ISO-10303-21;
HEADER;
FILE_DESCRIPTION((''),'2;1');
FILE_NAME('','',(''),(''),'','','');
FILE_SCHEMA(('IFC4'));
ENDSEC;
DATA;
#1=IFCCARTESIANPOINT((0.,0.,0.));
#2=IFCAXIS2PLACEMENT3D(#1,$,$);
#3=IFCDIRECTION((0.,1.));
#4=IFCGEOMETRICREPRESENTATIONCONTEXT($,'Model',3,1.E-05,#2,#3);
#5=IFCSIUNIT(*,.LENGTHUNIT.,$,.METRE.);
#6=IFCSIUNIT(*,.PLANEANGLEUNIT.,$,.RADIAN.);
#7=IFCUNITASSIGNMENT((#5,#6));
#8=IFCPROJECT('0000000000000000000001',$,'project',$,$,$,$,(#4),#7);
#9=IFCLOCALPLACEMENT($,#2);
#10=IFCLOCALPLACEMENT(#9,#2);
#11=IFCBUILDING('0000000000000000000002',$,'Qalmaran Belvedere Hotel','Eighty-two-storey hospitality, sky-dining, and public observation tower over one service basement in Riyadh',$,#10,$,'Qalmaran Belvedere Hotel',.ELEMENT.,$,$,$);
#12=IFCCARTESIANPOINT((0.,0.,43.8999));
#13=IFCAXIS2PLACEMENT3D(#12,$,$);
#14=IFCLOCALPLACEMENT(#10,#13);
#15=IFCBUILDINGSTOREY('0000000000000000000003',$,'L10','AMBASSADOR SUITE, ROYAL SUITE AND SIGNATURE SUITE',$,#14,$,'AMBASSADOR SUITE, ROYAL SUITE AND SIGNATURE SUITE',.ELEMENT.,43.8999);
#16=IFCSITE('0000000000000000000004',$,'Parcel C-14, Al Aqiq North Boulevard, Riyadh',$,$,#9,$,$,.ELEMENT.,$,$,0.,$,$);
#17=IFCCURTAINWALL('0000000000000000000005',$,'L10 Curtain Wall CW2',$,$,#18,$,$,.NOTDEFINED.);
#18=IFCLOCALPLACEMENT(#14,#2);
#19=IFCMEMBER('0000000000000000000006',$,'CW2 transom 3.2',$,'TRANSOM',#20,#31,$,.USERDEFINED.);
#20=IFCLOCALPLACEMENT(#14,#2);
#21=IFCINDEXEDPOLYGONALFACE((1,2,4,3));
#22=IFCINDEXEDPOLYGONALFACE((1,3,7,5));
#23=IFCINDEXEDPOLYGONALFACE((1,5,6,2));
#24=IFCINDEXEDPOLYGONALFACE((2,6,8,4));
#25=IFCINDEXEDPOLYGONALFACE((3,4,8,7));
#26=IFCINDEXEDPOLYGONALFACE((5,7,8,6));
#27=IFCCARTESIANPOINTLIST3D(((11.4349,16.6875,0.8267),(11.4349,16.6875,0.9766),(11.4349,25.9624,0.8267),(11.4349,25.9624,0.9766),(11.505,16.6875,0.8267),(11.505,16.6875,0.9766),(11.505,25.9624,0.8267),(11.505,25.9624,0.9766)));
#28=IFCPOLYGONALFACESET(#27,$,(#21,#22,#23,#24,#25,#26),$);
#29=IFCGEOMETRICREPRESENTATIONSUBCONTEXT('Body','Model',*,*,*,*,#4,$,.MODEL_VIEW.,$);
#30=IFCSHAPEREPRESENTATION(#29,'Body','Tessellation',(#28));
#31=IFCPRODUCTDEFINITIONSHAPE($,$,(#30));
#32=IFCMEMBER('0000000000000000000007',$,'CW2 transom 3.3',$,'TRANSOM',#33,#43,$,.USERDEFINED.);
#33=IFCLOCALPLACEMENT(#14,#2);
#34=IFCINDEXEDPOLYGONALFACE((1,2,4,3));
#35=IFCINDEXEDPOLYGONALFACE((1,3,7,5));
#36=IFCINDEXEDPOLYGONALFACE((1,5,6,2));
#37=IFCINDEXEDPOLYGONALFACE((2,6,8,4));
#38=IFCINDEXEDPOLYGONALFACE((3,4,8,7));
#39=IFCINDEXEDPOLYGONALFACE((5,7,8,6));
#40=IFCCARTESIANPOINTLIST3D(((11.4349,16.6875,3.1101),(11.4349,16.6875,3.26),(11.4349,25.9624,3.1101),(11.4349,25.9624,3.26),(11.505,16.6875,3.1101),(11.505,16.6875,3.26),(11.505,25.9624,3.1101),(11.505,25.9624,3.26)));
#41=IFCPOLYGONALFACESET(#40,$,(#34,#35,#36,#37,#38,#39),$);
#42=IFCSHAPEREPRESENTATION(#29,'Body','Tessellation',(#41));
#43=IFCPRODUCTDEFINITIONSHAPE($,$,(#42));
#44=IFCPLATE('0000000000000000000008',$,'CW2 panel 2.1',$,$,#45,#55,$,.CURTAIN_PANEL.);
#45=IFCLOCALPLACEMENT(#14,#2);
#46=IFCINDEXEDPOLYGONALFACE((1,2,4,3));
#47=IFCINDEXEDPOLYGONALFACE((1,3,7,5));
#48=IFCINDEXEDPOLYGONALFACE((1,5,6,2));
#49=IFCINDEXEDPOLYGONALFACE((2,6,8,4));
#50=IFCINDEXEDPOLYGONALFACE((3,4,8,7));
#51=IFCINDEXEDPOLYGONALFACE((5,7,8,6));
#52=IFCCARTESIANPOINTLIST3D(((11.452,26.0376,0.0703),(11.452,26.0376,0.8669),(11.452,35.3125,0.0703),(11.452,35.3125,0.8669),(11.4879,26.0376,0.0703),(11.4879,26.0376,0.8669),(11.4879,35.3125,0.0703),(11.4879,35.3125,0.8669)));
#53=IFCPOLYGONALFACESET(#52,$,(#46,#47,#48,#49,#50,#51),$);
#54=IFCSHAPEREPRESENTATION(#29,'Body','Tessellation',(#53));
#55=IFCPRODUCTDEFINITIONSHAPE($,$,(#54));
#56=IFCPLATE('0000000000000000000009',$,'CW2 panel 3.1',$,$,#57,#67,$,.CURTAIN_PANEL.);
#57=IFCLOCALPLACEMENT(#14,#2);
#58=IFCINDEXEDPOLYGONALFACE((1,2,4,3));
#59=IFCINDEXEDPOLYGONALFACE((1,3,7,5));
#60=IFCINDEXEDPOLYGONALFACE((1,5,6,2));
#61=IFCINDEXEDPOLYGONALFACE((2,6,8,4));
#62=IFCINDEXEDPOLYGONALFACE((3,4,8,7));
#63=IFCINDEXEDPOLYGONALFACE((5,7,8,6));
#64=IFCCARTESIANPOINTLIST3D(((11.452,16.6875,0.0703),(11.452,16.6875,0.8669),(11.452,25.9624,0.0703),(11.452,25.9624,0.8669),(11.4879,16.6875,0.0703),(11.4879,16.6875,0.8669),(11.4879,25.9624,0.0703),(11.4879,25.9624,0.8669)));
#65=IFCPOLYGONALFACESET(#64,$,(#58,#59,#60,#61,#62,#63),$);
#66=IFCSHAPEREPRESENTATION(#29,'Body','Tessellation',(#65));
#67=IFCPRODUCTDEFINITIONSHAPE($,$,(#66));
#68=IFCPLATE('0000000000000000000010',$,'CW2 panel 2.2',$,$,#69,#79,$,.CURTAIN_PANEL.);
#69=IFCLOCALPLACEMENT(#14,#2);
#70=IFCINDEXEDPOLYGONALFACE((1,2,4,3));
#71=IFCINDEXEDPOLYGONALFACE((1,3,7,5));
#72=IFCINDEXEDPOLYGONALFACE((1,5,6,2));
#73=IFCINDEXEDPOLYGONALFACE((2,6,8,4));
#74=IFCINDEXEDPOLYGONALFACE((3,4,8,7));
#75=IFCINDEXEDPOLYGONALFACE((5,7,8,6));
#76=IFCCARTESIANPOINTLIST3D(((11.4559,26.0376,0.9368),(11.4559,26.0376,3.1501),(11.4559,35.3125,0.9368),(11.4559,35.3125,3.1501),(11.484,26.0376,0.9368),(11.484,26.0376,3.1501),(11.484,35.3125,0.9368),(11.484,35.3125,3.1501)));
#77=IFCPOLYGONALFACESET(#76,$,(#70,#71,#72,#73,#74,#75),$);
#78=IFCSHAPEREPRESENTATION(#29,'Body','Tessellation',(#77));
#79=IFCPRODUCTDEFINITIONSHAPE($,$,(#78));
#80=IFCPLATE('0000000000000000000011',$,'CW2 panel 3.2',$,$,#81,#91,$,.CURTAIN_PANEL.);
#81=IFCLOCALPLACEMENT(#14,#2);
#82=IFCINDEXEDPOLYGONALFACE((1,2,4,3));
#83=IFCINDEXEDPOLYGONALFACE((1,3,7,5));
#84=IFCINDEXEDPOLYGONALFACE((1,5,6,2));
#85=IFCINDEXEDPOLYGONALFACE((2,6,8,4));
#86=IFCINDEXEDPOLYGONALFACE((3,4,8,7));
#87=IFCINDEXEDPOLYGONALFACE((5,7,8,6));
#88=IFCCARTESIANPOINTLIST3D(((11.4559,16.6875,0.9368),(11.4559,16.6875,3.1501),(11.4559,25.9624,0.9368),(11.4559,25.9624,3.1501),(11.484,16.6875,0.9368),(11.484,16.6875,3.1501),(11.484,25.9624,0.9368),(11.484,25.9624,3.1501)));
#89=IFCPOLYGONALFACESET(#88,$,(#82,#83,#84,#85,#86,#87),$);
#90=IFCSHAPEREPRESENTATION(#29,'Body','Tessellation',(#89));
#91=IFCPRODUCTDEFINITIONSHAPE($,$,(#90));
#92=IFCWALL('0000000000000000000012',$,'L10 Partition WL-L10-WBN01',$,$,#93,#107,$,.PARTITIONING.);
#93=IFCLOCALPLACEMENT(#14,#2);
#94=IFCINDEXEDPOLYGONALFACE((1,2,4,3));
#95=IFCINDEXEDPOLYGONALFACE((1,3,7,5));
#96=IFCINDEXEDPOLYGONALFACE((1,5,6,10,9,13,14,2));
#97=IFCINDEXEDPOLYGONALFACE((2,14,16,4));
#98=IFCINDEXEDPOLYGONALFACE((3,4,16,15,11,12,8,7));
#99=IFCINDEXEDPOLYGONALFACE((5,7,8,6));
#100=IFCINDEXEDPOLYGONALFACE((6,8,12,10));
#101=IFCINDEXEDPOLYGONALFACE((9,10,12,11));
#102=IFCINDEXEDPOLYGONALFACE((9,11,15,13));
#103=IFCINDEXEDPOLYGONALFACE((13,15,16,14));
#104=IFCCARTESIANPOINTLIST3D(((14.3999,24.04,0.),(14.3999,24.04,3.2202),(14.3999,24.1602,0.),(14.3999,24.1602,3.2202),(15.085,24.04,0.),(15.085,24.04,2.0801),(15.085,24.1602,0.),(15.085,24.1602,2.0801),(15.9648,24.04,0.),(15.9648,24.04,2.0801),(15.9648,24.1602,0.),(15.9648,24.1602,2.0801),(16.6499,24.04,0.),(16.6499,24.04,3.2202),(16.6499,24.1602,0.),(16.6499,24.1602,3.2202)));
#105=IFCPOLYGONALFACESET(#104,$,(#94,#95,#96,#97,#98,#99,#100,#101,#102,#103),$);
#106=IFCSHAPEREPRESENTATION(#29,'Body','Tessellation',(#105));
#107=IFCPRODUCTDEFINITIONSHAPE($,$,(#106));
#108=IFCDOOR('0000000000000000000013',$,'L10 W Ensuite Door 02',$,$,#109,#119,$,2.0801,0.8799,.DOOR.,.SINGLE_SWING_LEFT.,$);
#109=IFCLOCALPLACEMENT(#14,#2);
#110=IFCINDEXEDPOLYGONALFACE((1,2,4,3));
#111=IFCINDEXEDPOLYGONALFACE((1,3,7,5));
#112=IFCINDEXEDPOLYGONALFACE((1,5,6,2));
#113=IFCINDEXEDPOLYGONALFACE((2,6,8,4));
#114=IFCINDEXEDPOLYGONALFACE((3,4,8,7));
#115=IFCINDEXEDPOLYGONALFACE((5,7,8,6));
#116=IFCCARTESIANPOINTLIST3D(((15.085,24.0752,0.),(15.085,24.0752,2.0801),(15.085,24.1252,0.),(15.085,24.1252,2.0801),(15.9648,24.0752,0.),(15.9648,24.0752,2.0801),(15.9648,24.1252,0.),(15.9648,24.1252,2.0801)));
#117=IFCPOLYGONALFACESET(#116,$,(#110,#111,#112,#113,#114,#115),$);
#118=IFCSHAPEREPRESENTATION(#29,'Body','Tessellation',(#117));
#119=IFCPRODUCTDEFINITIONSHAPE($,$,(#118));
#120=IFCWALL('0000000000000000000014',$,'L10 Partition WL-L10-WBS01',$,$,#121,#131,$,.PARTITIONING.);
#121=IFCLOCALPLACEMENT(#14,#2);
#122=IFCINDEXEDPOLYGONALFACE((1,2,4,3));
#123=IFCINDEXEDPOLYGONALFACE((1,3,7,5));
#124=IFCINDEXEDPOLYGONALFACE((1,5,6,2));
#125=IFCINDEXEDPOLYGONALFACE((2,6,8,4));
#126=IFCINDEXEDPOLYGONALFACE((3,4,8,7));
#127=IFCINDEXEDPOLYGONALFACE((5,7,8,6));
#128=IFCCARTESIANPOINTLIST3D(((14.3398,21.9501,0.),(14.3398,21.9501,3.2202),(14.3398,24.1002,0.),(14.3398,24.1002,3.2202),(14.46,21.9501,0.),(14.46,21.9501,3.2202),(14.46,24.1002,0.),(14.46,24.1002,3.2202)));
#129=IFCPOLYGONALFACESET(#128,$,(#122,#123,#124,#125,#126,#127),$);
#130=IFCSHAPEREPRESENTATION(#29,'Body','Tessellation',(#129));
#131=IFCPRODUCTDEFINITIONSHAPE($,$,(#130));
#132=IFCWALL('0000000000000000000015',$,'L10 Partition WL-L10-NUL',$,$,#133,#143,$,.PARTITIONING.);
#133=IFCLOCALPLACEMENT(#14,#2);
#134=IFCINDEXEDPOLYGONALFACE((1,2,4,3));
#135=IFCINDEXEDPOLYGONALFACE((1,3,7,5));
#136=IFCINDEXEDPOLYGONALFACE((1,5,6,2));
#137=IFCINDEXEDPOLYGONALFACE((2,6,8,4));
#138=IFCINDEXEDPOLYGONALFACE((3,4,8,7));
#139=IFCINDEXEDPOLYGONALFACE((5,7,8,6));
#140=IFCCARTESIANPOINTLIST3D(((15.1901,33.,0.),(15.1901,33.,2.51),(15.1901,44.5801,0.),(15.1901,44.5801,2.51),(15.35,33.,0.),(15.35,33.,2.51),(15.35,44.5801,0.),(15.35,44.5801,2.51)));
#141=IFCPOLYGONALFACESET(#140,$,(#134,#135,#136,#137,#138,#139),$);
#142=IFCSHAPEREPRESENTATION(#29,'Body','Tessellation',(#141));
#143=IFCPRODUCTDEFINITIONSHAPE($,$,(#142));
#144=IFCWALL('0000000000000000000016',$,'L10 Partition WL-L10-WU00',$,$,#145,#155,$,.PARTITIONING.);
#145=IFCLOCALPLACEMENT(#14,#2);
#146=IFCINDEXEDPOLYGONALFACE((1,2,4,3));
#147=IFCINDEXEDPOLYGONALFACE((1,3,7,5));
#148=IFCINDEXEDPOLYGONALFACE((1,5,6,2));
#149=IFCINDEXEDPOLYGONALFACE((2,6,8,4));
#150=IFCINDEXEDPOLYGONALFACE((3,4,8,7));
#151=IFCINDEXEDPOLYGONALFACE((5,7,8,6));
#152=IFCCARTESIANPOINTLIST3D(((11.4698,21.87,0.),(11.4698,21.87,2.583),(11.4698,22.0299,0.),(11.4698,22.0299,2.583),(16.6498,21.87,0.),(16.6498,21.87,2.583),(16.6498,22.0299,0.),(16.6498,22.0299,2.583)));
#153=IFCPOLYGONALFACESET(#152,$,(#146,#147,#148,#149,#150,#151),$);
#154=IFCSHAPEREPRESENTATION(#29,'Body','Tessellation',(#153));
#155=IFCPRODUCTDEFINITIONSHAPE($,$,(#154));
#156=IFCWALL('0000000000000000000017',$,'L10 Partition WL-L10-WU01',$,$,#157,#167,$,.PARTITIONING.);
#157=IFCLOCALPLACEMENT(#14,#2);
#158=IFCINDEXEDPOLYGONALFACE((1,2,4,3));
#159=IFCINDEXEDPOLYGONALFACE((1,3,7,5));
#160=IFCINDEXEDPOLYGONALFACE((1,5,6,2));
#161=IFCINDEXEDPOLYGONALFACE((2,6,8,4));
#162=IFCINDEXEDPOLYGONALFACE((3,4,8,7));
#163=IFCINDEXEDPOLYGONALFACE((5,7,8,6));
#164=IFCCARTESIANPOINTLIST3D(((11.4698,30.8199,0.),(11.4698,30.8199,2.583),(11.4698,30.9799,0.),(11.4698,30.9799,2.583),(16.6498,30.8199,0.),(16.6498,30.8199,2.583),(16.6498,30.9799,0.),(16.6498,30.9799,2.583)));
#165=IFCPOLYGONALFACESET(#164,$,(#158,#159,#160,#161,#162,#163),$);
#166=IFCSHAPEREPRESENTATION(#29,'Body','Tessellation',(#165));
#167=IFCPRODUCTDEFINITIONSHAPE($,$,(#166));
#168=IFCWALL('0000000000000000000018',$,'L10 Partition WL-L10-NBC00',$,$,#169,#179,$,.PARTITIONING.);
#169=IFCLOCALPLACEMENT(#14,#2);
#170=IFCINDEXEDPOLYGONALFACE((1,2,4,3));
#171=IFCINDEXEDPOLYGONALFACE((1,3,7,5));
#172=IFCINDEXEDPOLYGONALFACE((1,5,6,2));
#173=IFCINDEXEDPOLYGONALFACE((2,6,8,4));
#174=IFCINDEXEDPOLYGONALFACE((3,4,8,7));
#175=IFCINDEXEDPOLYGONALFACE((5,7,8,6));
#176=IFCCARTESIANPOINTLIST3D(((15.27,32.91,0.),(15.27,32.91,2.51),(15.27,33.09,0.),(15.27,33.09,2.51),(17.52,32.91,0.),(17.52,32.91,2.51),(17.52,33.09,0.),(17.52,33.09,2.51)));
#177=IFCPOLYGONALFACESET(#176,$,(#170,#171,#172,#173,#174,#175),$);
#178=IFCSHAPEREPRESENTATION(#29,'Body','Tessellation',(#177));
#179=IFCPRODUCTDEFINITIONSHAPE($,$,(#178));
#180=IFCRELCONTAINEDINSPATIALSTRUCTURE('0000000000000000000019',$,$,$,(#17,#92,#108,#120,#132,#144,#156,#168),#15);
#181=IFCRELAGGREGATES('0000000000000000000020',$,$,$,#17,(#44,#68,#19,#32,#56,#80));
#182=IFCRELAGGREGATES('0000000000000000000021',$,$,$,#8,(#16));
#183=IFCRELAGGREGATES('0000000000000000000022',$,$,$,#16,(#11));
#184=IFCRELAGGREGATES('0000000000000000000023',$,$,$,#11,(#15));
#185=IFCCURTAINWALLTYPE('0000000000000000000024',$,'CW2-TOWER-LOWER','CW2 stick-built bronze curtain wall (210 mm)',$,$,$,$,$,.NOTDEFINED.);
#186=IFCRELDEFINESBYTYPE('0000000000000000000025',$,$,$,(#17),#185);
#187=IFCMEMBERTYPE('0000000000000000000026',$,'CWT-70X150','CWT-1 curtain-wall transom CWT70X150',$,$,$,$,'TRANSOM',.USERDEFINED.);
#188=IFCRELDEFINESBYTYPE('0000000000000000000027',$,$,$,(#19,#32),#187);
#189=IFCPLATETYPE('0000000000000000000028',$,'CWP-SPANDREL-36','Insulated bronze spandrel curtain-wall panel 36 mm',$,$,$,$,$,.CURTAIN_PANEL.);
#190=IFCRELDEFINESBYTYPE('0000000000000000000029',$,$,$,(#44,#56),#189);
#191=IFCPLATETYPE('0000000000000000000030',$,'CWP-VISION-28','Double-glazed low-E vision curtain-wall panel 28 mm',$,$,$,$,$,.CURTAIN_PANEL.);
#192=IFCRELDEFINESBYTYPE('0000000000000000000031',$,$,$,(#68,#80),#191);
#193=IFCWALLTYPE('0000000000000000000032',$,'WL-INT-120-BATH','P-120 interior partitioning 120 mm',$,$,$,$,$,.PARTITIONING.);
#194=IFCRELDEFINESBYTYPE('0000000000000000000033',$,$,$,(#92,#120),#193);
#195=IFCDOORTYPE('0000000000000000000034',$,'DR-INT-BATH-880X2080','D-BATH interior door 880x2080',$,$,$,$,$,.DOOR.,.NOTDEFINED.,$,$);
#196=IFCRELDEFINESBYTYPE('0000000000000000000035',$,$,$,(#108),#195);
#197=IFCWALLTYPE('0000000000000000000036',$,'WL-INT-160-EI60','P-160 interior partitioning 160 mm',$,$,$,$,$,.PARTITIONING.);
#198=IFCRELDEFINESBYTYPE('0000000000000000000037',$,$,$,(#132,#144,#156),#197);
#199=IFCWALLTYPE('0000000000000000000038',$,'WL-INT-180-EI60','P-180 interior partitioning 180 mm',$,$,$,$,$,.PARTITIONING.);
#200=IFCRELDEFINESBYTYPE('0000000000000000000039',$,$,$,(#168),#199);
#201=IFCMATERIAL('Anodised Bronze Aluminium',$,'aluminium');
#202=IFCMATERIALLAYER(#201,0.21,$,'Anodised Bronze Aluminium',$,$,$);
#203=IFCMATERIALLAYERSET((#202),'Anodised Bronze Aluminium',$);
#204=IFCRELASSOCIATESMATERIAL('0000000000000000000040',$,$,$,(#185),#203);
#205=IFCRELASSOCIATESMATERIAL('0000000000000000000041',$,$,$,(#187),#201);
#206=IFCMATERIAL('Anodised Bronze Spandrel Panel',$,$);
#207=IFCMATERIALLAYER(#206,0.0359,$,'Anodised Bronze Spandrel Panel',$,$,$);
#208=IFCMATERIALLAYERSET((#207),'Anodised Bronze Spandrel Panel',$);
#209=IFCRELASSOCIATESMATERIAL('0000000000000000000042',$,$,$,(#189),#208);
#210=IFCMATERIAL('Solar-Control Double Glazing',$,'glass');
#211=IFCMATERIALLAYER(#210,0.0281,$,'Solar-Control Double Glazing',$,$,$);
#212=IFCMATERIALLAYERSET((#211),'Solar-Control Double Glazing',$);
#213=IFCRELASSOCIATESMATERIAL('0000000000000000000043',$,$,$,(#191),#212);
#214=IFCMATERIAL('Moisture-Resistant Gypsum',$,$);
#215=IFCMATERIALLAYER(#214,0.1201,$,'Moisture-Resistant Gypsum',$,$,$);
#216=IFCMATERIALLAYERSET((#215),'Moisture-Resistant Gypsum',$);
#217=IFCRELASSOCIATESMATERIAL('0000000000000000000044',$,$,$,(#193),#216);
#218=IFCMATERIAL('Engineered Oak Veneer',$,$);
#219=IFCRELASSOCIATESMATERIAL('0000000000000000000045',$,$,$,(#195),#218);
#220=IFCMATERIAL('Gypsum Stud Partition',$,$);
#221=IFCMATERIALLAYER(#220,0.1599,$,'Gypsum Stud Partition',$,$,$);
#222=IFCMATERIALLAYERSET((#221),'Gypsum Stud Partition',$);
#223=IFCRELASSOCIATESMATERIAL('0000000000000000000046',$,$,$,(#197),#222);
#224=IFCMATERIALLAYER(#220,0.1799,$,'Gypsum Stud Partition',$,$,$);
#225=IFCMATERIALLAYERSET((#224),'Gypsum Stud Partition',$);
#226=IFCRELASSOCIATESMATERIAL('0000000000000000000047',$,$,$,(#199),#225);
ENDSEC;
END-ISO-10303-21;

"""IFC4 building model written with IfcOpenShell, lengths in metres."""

from ifc_helpers import new_model, si_unit, direction, frame, frame_2d, origin, origin_2d, place, context, subcontext, project, spatial, rectangle, extrude, material, layer, layer_set, material_profile, profile_set, type_object, element, fill, aggregate, save


model = new_model("IFC4")

# Units and contexts
model_context = context("Model", 3, precision=1e-05, world=origin(), true_north=direction((0.0, 1.0)))
body_context = subcontext(model_context, "Body", "Model", "MODEL_VIEW")
ifc_project = project(units=[si_unit("LENGTHUNIT", "METRE"), si_unit("PLANEANGLEUNIT", "RADIAN")], contexts=[model_context])

# Site, building, storey
site_placement = place(None, origin())
site = spatial("IfcSite", under=ifc_project, at=site_placement, Name="Parcel C-14, Al Aqiq North Boulevard, Riyadh", CompositionType="ELEMENT", RefElevation=0.0)
building_placement = place(site_placement, origin())
building = spatial("IfcBuilding", under=site, at=building_placement, Name="Qalmaran Belvedere Hotel", Description="Eighty-two-storey hospitality, sky-dining, and public observation tower over one service basement in Riyadh", LongName="Qalmaran Belvedere Hotel", CompositionType="ELEMENT")
storey_placement = place(building_placement, frame((0.0, 0.0, 43.8999)))
storey = spatial("IfcBuildingStorey", under=building, at=storey_placement, Name="L10", Description="AMBASSADOR SUITE, ROYAL SUITE AND SIGNATURE SUITE", LongName="AMBASSADOR SUITE, ROYAL SUITE AND SIGNATURE SUITE", CompositionType="ELEMENT", Elevation=43.8999)

# Curtain wall, members, plates
ifc_material_1 = material(Name="Anodised Bronze Aluminium", Category="aluminium")
ifc_layer_1 = layer(ifc_material_1, 0.21, Name="Anodised Bronze Aluminium")
ifc_layer_set_1 = layer_set([ifc_layer_1], Name="Anodised Bronze Aluminium")
curtain_wall_type = type_object("IfcCurtainWallType", Name="CW2-TOWER-LOWER", Description="CW2 stick-built bronze curtain wall (210 mm)", PredefinedType="NOTDEFINED", material=ifc_layer_set_1)
curtain_wall_placement = place(storey_placement, origin())
curtain_wall = element("IfcCurtainWall", 1, at=curtain_wall_placement, inside=storey, type_object=curtain_wall_type, Name="L10 Curtain Wall CW2", PredefinedType="NOTDEFINED")
ifc_material_profile_1 = material_profile(ifc_material_1, rectangle(XDim=0.0701, YDim=0.1499, at=origin_2d()), Name="CWT70X150")
ifc_profile_set_1 = profile_set([ifc_material_profile_1], Name="Anodised Bronze Aluminium")
member_type_1 = type_object("IfcMemberType", Name="CWT-70X150", Description="CWT-1 curtain-wall transom CWT70X150", ElementType="TRANSOM", PredefinedType="USERDEFINED", material=ifc_profile_set_1)
member_1_placement = place(storey_placement, frame((11.47, 25.9624, 0.9016), z_axis=(0.0, -1.0, 0.0), x_axis=(1.0, 0.0, 0.0)))
member_1 = element("IfcMember", 2, at=member_1_placement, type_object=member_type_1, Name="CW2 transom 3.2", ObjectType="TRANSOM", PredefinedType="USERDEFINED", context=body_context, shape_type="SweptSolid", body=[
    extrude(rectangle(XDim=0.0701, YDim=0.1499, at=origin_2d()), origin(), (0.0, 0.0, 1.0), 9.2749),
])
member_2_placement = place(storey_placement, frame((11.47, 25.9624, 3.1851), z_axis=(0.0, -1.0, 0.0), x_axis=(1.0, 0.0, 0.0)))
member_2 = element("IfcMember", 3, at=member_2_placement, type_object=member_type_1, Name="CW2 transom 3.3", ObjectType="TRANSOM", PredefinedType="USERDEFINED", context=body_context, shape_type="SweptSolid", body=[
    extrude(rectangle(XDim=0.0701, YDim=0.1499, at=origin_2d()), origin(), (0.0, 0.0, 1.0), 9.2749),
])
ifc_material_2 = material(Name="Anodised Bronze Spandrel Panel")
ifc_layer_2 = layer(ifc_material_2, 0.0359, Name="Anodised Bronze Spandrel Panel")
ifc_layer_set_2 = layer_set([ifc_layer_2], Name="Anodised Bronze Spandrel Panel")
plate_type_1 = type_object("IfcPlateType", Name="CWP-SPANDREL-36", Description="Insulated bronze spandrel curtain-wall panel 36 mm", PredefinedType="CURTAIN_PANEL", material=ifc_layer_set_2)
plate_1_placement = place(storey_placement, frame((11.47, 30.675, 0.0703), z_axis=(0.0, 0.0, 1.0), x_axis=(0.0, -1.0, 0.0)))
plate_1 = element("IfcPlate", 4, at=plate_1_placement, type_object=plate_type_1, Name="CW2 panel 2.1", PredefinedType="CURTAIN_PANEL", context=body_context, shape_type="SweptSolid", body=[
    extrude(rectangle(XDim=9.2749, YDim=0.0359, at=origin_2d()), origin(), (0.0, 0.0, 1.0), 0.7966),
])
plate_2_placement = place(storey_placement, frame((11.47, 21.325, 0.0703), z_axis=(0.0, 0.0, 1.0), x_axis=(0.0, -1.0, 0.0)))
plate_2 = element("IfcPlate", 5, at=plate_2_placement, type_object=plate_type_1, Name="CW2 panel 3.1", PredefinedType="CURTAIN_PANEL", context=body_context, shape_type="SweptSolid", body=[
    extrude(rectangle(XDim=9.2749, YDim=0.0359, at=origin_2d()), origin(), (0.0, 0.0, 1.0), 0.7966),
])
ifc_material_3 = material(Name="Solar-Control Double Glazing", Category="glass")
ifc_layer_3 = layer(ifc_material_3, 0.0281, Name="Solar-Control Double Glazing")
ifc_layer_set_3 = layer_set([ifc_layer_3], Name="Solar-Control Double Glazing")
plate_type_2 = type_object("IfcPlateType", Name="CWP-VISION-28", Description="Double-glazed low-E vision curtain-wall panel 28 mm", PredefinedType="CURTAIN_PANEL", material=ifc_layer_set_3)
plate_3_placement = place(storey_placement, frame((11.47, 30.675, 0.9368), z_axis=(0.0, 0.0, 1.0), x_axis=(0.0, -1.0, 0.0)))
plate_3 = element("IfcPlate", 6, at=plate_3_placement, type_object=plate_type_2, Name="CW2 panel 2.2", PredefinedType="CURTAIN_PANEL", context=body_context, shape_type="SweptSolid", body=[
    extrude(rectangle(XDim=9.2749, YDim=0.0281, at=origin_2d()), origin(), (0.0, 0.0, 1.0), 2.2134),
])
plate_4_placement = place(storey_placement, frame((11.47, 21.325, 0.9368), z_axis=(0.0, 0.0, 1.0), x_axis=(0.0, -1.0, 0.0)))
plate_4 = element("IfcPlate", 7, at=plate_4_placement, type_object=plate_type_2, Name="CW2 panel 3.2", PredefinedType="CURTAIN_PANEL", context=body_context, shape_type="SweptSolid", body=[
    extrude(rectangle(XDim=9.2749, YDim=0.0281, at=origin_2d()), origin(), (0.0, 0.0, 1.0), 2.2134),
])
aggregate(curtain_wall, [plate_1, plate_3, member_1, member_2, plate_2, plate_4])

# Wall, opening, door
ifc_material_4 = material(Name="Moisture-Resistant Gypsum")
ifc_layer_4 = layer(ifc_material_4, 0.1201, Name="Moisture-Resistant Gypsum")
ifc_layer_set_4 = layer_set([ifc_layer_4], Name="Moisture-Resistant Gypsum")
wall_type_1 = type_object("IfcWallType", Name="WL-INT-120-BATH", Description="P-120 interior partitioning 120 mm", PredefinedType="PARTITIONING", material=ifc_layer_set_4)
wall_1_placement = place(storey_placement, frame((14.3999, 24.1001, 0.0), z_axis=(0.0, 0.0, 1.0), x_axis=(1.0, 0.0, 0.0)))
wall_1 = element("IfcWall", 8, at=wall_1_placement, inside=storey, type_object=wall_type_1, Name="L10 Partition WL-L10-WBN01", PredefinedType="PARTITIONING", context=body_context, shape_type="SweptSolid", body=[
    extrude(rectangle(XDim=2.25, YDim=0.1201, at=frame_2d((1.125, 0.0))), origin(), (0.0, 0.0, 1.0), 3.2202),
])
opening_1_placement = place(wall_1_placement, frame((1.5649, 0.0, 0.0), z_axis=(0.0, 0.0, 1.0), x_axis=(-1.0, 0.0, 0.0)))
opening_1 = element("IfcOpeningElement", 9, at=opening_1_placement, cuts=wall_1, PredefinedType="OPENING", context=body_context, shape_type="SweptSolid", body=[
    extrude(rectangle(XDim=0.8799, YDim=2.0801, at=frame_2d((0.4399, 1.04))), frame((0.0, 0.0701, 0.0), z_axis=(0.0, -1.0, 0.0), x_axis=(1.0, 0.0, 0.0)), (0.0, 0.0, 1.0), 0.1401),
])
ifc_material_5 = material(Name="Engineered Oak Veneer")
door_type_1 = type_object("IfcDoorType", Name="DR-INT-BATH-880X2080", Description="D-BATH interior door 880x2080", OperationType="NOTDEFINED", PredefinedType="DOOR", material=ifc_material_5)
door_1_placement = place(opening_1_placement, origin())
door_1 = element("IfcDoor", 10, at=door_1_placement, inside=storey, type_object=door_type_1, Name="L10 W Ensuite Door 02", OperationType="SINGLE_SWING_LEFT", OverallHeight=2.0801, OverallWidth=0.8799, PredefinedType="DOOR", context=body_context, shape_type="SweptSolid", body=[
    extrude(rectangle(XDim=0.8799, YDim=2.0801, at=frame_2d((0.4399, 1.04))), frame((0.0, 0.0249, 0.0), z_axis=(0.0, -1.0, 0.0), x_axis=(1.0, 0.0, 0.0)), (0.0, 0.0, 1.0), 0.05),
])
fill(opening_1, door_1)

# Wall
wall_2_placement = place(storey_placement, frame((14.3999, 21.95, 0.0), z_axis=(0.0, 0.0, 1.0), x_axis=(0.0, 1.0, 0.0)))
element("IfcWall", 11, at=wall_2_placement, inside=storey, type_object=wall_type_1, Name="L10 Partition WL-L10-WBS01", PredefinedType="PARTITIONING", context=body_context, shape_type="SweptSolid", body=[
    extrude(rectangle(XDim=2.1501, YDim=0.1201, at=frame_2d((1.0752, 0.0))), origin(), (0.0, 0.0, 1.0), 3.2202),
])

# Shared definitions
ifc_material_6 = material(Name="Gypsum Stud Partition")

# Walls
ifc_layer_5 = layer(ifc_material_6, 0.1599, Name="Gypsum Stud Partition")
ifc_layer_set_5 = layer_set([ifc_layer_5], Name="Gypsum Stud Partition")
wall_type_2 = type_object("IfcWallType", Name="WL-INT-160-EI60", Description="P-160 interior partitioning 160 mm", PredefinedType="PARTITIONING", material=ifc_layer_set_5)
wall_3_placement = place(storey_placement, frame((15.27, 33.0, 0.0), z_axis=(0.0, 0.0, 1.0), x_axis=(0.0, 1.0, 0.0)))
element("IfcWall", 12, at=wall_3_placement, inside=storey, type_object=wall_type_2, Name="L10 Partition WL-L10-NUL", PredefinedType="PARTITIONING", context=body_context, shape_type="SweptSolid", body=[
    extrude(rectangle(XDim=11.5801, YDim=0.1599, at=frame_2d((5.79, 0.0))), origin(), (0.0, 0.0, 1.0), 2.51),
])
for number, where, z_axis, x_axis, name in (
    (13, (11.47, 21.95, 0.0), (0.0, 0.0, 1.0), (1.0, 0.0, 0.0), "L10 Partition WL-L10-WU00"),
    (14, (11.47, 30.8999, 0.0), (0.0, 0.0, 1.0), (1.0, 0.0, 0.0), "L10 Partition WL-L10-WU01"),
):
    element("IfcWall", number, at=place(storey_placement, frame(where, z_axis=z_axis, x_axis=x_axis)), inside=storey, type_object=wall_type_2, Name=name, PredefinedType="PARTITIONING", context=body_context, shape_type="SweptSolid", body=[
        extrude(rectangle(XDim=5.1799, YDim=0.1599, at=frame_2d((2.5898, 0.0))), origin(), (0.0, 0.0, 1.0), 2.583),
    ])
ifc_layer_6 = layer(ifc_material_6, 0.1799, Name="Gypsum Stud Partition")
ifc_layer_set_6 = layer_set([ifc_layer_6], Name="Gypsum Stud Partition")
wall_type_3 = type_object("IfcWallType", Name="WL-INT-180-EI60", Description="P-180 interior partitioning 180 mm", PredefinedType="PARTITIONING", material=ifc_layer_set_6)
wall_4_placement = place(storey_placement, frame((15.27, 33.0, 0.0), z_axis=(0.0, 0.0, 1.0), x_axis=(1.0, 0.0, 0.0)))
element("IfcWall", 15, at=wall_4_placement, inside=storey, type_object=wall_type_3, Name="L10 Partition WL-L10-NBC00", PredefinedType="PARTITIONING", context=body_context, shape_type="SweptSolid", body=[
    extrude(rectangle(XDim=2.25, YDim=0.1799, at=frame_2d((1.125, 0.0))), origin(), (0.0, 0.0, 1.0), 2.51),
])

save(model, "model.ifc")
